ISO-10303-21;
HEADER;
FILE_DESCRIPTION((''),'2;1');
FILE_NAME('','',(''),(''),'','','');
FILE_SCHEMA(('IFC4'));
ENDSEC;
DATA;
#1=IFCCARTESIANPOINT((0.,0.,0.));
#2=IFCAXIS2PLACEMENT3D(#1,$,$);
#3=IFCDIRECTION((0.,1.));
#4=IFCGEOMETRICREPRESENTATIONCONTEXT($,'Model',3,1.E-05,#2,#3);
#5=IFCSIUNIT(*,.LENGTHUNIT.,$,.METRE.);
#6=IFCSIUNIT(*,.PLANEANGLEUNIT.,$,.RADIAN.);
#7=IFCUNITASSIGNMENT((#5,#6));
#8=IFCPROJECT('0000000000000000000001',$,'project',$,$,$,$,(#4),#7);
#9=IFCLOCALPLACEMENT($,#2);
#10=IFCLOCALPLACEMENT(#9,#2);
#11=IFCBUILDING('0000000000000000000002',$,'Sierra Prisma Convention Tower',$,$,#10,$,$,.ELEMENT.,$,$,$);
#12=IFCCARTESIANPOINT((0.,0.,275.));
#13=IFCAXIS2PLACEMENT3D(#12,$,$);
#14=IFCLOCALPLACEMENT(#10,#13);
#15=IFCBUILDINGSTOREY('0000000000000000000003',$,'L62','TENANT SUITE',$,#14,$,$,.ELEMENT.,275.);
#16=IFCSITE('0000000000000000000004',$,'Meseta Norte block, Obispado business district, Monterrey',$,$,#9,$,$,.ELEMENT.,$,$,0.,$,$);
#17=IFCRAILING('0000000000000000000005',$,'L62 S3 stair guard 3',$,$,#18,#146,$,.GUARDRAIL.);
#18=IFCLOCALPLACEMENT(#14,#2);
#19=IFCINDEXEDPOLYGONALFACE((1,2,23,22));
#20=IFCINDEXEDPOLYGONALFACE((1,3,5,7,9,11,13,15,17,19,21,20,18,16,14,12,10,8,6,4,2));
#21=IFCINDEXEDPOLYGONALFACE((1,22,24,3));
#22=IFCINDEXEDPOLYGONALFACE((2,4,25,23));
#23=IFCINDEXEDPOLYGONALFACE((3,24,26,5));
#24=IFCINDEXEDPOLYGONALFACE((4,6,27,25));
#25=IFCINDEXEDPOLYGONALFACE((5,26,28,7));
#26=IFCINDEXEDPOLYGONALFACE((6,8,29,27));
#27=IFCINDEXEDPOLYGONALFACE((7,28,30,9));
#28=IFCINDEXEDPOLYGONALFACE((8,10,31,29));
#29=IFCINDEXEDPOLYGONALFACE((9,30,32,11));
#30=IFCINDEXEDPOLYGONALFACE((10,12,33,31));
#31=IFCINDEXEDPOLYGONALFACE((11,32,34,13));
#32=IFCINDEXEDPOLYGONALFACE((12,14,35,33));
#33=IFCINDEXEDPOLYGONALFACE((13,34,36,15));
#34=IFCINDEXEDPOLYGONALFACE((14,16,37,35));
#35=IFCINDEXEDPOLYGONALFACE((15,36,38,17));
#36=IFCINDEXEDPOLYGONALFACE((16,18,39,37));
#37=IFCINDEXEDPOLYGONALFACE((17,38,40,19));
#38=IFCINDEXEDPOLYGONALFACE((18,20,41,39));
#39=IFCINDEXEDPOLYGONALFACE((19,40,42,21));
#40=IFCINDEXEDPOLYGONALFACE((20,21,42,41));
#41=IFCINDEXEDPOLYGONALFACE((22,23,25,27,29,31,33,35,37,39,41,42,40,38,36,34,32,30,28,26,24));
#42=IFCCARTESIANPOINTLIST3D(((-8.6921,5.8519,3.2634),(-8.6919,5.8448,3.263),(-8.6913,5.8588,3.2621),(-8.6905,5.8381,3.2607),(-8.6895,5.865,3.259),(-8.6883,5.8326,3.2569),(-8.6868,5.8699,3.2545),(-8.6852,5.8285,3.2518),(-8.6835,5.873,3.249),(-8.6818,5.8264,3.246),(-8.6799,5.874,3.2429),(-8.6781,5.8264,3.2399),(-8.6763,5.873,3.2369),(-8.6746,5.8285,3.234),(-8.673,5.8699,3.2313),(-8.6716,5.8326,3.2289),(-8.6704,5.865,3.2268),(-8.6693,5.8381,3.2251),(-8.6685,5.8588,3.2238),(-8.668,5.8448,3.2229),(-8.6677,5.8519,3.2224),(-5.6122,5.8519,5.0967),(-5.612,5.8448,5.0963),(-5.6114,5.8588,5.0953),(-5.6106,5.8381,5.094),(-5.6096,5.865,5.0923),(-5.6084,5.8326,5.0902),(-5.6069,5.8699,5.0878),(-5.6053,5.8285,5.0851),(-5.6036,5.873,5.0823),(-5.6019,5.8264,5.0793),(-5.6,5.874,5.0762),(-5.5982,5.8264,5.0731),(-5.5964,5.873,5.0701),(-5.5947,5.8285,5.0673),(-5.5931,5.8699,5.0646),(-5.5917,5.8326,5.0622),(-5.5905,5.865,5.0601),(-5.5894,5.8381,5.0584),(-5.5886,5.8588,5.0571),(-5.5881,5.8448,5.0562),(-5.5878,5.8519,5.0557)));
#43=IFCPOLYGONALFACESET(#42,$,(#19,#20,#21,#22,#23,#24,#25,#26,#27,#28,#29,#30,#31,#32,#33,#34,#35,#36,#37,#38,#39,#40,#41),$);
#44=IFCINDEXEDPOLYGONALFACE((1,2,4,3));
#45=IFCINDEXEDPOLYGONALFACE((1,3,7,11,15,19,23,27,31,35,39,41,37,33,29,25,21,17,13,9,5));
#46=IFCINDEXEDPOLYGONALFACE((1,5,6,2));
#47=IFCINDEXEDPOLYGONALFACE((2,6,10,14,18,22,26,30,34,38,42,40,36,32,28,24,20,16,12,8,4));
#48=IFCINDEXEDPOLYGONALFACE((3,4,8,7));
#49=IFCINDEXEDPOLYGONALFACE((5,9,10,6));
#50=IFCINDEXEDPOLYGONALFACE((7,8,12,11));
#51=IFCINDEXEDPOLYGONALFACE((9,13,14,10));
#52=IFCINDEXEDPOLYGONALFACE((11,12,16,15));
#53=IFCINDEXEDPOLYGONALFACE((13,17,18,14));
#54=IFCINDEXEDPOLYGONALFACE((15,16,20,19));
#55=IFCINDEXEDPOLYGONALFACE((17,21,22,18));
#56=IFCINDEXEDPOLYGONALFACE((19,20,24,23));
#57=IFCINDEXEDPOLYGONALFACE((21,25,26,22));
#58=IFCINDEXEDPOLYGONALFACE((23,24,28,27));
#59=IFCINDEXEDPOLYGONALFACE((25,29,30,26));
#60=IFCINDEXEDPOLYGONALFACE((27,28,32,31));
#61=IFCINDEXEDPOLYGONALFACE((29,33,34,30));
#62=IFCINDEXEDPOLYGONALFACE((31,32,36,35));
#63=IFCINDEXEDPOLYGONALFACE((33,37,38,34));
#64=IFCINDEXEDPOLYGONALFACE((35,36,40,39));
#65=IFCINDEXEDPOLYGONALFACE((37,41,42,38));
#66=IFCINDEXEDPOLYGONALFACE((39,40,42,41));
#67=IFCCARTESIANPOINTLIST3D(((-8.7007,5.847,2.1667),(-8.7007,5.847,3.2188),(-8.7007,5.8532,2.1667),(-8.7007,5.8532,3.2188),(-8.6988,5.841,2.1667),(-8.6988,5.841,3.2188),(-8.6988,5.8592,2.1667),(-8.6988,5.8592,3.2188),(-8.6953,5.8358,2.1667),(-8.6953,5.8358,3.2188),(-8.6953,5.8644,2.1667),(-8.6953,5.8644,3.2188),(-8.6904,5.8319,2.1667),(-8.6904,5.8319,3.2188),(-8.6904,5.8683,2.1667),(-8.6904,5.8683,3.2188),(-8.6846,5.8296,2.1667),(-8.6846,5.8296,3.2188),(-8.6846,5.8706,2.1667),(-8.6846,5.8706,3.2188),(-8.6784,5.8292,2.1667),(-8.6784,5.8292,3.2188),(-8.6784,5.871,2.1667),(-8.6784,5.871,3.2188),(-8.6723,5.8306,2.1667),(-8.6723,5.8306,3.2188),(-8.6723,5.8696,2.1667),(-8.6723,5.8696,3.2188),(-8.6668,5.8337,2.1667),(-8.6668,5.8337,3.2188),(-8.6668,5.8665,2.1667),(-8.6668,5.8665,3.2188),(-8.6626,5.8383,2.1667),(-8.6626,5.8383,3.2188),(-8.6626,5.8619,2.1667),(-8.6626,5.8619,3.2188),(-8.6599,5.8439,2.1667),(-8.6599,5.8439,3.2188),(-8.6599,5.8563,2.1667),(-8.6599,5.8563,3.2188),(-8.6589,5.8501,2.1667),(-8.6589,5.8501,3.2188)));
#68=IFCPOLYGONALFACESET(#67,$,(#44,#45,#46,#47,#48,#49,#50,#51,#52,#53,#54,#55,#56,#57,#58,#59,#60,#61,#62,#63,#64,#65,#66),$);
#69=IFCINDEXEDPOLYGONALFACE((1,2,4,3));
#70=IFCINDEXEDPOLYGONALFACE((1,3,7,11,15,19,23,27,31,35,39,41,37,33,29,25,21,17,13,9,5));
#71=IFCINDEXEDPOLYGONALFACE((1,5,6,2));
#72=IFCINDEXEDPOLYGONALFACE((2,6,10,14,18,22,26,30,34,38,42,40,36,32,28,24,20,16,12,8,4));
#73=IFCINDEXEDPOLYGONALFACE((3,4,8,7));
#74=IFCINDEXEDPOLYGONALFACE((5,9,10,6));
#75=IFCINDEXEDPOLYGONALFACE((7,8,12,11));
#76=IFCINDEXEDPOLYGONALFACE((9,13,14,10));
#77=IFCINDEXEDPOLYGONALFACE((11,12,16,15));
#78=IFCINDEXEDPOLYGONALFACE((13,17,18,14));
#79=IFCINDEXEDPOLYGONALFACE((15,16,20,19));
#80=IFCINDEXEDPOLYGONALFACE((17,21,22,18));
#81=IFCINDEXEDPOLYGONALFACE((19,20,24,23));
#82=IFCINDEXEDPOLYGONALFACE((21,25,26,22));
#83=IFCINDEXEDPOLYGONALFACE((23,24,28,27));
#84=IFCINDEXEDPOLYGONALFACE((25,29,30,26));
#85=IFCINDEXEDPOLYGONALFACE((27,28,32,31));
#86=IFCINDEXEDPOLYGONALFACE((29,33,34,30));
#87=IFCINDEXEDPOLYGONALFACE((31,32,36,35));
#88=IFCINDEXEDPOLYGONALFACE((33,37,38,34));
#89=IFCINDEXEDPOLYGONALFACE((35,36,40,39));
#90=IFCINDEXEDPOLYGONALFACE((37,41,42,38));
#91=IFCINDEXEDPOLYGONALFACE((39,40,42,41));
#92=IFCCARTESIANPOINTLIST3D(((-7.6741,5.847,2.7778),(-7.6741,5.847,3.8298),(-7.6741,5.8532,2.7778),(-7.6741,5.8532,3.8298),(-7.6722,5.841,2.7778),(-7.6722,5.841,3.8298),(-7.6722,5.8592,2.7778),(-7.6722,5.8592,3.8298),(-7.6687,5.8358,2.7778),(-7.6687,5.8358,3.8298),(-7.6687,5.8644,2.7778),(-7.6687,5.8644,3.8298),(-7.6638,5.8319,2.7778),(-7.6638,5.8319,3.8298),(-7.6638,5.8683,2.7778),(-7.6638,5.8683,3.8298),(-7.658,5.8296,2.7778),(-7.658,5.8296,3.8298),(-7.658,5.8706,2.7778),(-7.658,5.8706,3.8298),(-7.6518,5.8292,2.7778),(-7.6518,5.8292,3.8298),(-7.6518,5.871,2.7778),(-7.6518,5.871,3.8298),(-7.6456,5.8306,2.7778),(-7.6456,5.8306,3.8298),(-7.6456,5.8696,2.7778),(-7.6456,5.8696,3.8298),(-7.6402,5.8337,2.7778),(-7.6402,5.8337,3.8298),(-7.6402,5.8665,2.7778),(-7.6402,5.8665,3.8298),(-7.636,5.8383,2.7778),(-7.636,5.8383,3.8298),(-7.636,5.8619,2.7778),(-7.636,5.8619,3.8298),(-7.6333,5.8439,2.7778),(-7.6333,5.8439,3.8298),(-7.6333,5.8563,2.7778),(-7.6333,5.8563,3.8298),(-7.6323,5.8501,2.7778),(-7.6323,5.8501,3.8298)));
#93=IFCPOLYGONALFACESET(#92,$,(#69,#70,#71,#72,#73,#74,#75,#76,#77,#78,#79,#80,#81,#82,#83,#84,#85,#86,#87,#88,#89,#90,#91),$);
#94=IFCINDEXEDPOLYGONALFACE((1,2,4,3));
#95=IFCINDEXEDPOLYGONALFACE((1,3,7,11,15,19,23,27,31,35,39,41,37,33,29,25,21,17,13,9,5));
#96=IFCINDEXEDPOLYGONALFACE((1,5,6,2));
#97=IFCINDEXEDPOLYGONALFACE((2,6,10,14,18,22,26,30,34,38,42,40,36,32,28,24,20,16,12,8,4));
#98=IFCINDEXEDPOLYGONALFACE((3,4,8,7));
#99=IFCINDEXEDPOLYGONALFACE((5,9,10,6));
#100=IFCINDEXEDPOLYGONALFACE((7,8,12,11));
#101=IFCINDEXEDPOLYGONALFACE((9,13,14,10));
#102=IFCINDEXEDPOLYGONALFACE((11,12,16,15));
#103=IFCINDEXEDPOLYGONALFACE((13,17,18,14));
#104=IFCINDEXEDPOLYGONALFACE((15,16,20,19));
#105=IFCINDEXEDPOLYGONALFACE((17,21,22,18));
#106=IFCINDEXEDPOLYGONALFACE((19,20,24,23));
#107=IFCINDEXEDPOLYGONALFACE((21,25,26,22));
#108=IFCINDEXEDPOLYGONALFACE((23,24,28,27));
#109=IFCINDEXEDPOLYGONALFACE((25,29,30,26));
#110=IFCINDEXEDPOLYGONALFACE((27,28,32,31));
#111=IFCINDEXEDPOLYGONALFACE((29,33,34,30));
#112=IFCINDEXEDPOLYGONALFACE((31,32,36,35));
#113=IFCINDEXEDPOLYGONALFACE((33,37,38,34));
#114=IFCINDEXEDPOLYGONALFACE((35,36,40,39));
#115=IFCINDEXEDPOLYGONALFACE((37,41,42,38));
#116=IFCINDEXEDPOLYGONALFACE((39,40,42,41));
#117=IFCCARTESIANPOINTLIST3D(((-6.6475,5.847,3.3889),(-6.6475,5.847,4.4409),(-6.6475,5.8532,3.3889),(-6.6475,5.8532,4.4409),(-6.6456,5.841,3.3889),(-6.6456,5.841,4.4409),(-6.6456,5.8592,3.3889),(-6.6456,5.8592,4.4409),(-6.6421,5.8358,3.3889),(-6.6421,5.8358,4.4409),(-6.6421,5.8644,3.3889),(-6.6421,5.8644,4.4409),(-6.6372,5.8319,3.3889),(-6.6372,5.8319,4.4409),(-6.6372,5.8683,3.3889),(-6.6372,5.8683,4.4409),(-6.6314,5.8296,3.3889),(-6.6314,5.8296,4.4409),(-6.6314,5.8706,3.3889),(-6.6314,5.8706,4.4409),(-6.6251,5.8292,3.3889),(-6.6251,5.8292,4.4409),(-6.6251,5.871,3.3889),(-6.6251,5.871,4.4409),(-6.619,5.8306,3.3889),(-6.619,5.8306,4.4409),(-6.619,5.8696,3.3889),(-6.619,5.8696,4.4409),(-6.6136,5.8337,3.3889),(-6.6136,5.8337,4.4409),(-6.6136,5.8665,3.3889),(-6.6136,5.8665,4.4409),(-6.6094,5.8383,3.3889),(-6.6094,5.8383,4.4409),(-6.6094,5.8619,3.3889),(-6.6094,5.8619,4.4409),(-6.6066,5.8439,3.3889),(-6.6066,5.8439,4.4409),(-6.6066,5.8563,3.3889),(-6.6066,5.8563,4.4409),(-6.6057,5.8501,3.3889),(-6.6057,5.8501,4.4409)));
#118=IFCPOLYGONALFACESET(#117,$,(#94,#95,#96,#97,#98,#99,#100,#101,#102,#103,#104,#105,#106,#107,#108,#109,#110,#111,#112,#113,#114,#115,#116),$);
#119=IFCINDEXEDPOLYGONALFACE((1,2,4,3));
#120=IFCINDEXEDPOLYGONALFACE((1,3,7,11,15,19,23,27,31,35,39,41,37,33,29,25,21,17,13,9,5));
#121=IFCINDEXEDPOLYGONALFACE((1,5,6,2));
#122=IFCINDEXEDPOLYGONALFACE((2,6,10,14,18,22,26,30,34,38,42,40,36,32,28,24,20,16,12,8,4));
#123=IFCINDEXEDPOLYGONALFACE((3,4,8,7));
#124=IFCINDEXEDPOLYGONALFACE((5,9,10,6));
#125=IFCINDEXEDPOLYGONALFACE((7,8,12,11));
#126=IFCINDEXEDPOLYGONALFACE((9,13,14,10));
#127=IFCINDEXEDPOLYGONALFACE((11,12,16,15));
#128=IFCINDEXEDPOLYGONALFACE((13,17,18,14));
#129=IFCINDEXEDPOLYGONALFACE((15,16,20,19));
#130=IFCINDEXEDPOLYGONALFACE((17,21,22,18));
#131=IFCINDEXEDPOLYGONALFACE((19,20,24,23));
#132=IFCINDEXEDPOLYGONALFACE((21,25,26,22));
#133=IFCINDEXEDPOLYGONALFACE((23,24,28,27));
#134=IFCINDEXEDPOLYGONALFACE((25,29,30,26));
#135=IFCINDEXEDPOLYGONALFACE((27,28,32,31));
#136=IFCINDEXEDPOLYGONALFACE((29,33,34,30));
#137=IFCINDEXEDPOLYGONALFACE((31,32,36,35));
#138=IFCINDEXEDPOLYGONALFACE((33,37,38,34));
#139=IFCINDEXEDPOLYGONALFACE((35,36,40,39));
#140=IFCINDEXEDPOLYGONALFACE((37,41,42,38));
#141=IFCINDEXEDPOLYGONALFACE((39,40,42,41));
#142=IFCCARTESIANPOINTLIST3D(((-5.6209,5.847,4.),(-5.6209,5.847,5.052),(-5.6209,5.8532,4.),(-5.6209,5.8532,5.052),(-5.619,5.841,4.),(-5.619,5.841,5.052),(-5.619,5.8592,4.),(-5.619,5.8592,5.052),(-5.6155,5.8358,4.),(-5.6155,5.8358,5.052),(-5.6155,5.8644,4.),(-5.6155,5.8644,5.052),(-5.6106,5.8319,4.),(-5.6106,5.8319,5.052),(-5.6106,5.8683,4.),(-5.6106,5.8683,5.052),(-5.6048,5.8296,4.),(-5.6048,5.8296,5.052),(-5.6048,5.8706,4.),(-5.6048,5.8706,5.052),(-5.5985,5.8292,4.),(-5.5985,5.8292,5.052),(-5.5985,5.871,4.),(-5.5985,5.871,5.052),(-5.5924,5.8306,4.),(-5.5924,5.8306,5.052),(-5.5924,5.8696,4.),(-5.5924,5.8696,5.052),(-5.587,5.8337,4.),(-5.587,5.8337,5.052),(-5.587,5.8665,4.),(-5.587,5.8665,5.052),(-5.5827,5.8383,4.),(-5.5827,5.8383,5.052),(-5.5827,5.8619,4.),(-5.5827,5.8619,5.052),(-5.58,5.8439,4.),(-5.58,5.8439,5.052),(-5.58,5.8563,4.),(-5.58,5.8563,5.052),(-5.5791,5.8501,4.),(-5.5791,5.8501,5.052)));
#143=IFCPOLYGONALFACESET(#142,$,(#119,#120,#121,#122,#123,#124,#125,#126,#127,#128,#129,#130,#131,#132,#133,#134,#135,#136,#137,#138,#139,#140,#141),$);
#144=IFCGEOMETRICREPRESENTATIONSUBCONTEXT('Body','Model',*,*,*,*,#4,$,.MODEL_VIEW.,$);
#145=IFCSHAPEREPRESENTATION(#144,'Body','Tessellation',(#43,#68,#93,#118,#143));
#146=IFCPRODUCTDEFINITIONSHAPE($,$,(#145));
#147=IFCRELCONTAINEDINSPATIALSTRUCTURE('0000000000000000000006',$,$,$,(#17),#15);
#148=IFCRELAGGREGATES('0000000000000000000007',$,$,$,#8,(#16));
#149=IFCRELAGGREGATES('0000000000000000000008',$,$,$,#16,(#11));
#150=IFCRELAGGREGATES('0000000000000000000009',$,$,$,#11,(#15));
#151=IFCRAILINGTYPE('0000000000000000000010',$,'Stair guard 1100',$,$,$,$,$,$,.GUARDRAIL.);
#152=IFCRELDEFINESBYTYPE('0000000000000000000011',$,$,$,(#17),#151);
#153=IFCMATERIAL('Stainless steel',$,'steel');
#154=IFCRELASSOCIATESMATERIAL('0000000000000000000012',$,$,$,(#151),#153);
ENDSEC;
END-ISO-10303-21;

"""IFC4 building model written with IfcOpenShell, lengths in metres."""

from ifc_helpers import new_model, si_unit, direction, frame, origin, origin_2d, place, context, subcontext, project, spatial, circle, extrude, material, type_object, element, save


model = new_model("IFC4")

# Units and contexts
model_context = context("Model", 3, precision=1e-05, world=origin(), true_north=direction((0.0, 1.0)))
body_context = subcontext(model_context, "Body", "Model", "MODEL_VIEW")
ifc_project = project(units=[si_unit("LENGTHUNIT", "METRE"), si_unit("PLANEANGLEUNIT", "RADIAN")], contexts=[model_context])

# Site, building, storey
site_placement = place(None, origin())
site = spatial("IfcSite", under=ifc_project, at=site_placement, Name="Meseta Norte block, Obispado business district, Monterrey", CompositionType="ELEMENT", RefElevation=0.0)
building_placement = place(site_placement, origin())
building = spatial("IfcBuilding", under=site, at=building_placement, Name="Sierra Prisma Convention Tower", CompositionType="ELEMENT")
storey_placement = place(building_placement, frame((0.0, 0.0, 275.0)))
storey = spatial("IfcBuildingStorey", under=building, at=storey_placement, Name="L62", Description="TENANT SUITE", CompositionType="ELEMENT", Elevation=275.0)

# Railing
ifc_material_1 = material(Name="Stainless steel", Category="steel")
railing_type_1 = type_object("IfcRailingType", Name="Stair guard 1100", PredefinedType="GUARDRAIL", material=ifc_material_1)
railing_1_placement = place(storey_placement, frame((-8.6799, 5.8501, 2.1667)))
element("IfcRailing", 1, at=railing_1_placement, inside=storey, type_object=railing_type_1, Name="L62 S3 stair guard 3", PredefinedType="GUARDRAIL", context=body_context, shape_type="SweptSolid", body=[
    extrude(circle(Radius=0.0239, at=origin_2d()), frame((0.0, 0.0, 1.0762), z_axis=(0.859291, 0.0, 0.511487), x_axis=(0.0, 1.0, 0.0)), (0.0, 0.0, 1.0), 3.5842),
    extrude(circle(Radius=0.021, at=origin_2d()), origin(), (0.0, 0.0, 1.0), 1.052),
    extrude(circle(Radius=0.021, at=origin_2d()), frame((1.0266, 0.0, 0.6111)), (0.0, 0.0, 1.0), 1.052),
    extrude(circle(Radius=0.021, at=origin_2d()), frame((2.0532, 0.0, 1.2222)), (0.0, 0.0, 1.0), 1.052),
    extrude(circle(Radius=0.021, at=origin_2d()), frame((3.0798, 0.0, 1.8333)), (0.0, 0.0, 1.0), 1.052),
])

save(model, "model.ifc")
